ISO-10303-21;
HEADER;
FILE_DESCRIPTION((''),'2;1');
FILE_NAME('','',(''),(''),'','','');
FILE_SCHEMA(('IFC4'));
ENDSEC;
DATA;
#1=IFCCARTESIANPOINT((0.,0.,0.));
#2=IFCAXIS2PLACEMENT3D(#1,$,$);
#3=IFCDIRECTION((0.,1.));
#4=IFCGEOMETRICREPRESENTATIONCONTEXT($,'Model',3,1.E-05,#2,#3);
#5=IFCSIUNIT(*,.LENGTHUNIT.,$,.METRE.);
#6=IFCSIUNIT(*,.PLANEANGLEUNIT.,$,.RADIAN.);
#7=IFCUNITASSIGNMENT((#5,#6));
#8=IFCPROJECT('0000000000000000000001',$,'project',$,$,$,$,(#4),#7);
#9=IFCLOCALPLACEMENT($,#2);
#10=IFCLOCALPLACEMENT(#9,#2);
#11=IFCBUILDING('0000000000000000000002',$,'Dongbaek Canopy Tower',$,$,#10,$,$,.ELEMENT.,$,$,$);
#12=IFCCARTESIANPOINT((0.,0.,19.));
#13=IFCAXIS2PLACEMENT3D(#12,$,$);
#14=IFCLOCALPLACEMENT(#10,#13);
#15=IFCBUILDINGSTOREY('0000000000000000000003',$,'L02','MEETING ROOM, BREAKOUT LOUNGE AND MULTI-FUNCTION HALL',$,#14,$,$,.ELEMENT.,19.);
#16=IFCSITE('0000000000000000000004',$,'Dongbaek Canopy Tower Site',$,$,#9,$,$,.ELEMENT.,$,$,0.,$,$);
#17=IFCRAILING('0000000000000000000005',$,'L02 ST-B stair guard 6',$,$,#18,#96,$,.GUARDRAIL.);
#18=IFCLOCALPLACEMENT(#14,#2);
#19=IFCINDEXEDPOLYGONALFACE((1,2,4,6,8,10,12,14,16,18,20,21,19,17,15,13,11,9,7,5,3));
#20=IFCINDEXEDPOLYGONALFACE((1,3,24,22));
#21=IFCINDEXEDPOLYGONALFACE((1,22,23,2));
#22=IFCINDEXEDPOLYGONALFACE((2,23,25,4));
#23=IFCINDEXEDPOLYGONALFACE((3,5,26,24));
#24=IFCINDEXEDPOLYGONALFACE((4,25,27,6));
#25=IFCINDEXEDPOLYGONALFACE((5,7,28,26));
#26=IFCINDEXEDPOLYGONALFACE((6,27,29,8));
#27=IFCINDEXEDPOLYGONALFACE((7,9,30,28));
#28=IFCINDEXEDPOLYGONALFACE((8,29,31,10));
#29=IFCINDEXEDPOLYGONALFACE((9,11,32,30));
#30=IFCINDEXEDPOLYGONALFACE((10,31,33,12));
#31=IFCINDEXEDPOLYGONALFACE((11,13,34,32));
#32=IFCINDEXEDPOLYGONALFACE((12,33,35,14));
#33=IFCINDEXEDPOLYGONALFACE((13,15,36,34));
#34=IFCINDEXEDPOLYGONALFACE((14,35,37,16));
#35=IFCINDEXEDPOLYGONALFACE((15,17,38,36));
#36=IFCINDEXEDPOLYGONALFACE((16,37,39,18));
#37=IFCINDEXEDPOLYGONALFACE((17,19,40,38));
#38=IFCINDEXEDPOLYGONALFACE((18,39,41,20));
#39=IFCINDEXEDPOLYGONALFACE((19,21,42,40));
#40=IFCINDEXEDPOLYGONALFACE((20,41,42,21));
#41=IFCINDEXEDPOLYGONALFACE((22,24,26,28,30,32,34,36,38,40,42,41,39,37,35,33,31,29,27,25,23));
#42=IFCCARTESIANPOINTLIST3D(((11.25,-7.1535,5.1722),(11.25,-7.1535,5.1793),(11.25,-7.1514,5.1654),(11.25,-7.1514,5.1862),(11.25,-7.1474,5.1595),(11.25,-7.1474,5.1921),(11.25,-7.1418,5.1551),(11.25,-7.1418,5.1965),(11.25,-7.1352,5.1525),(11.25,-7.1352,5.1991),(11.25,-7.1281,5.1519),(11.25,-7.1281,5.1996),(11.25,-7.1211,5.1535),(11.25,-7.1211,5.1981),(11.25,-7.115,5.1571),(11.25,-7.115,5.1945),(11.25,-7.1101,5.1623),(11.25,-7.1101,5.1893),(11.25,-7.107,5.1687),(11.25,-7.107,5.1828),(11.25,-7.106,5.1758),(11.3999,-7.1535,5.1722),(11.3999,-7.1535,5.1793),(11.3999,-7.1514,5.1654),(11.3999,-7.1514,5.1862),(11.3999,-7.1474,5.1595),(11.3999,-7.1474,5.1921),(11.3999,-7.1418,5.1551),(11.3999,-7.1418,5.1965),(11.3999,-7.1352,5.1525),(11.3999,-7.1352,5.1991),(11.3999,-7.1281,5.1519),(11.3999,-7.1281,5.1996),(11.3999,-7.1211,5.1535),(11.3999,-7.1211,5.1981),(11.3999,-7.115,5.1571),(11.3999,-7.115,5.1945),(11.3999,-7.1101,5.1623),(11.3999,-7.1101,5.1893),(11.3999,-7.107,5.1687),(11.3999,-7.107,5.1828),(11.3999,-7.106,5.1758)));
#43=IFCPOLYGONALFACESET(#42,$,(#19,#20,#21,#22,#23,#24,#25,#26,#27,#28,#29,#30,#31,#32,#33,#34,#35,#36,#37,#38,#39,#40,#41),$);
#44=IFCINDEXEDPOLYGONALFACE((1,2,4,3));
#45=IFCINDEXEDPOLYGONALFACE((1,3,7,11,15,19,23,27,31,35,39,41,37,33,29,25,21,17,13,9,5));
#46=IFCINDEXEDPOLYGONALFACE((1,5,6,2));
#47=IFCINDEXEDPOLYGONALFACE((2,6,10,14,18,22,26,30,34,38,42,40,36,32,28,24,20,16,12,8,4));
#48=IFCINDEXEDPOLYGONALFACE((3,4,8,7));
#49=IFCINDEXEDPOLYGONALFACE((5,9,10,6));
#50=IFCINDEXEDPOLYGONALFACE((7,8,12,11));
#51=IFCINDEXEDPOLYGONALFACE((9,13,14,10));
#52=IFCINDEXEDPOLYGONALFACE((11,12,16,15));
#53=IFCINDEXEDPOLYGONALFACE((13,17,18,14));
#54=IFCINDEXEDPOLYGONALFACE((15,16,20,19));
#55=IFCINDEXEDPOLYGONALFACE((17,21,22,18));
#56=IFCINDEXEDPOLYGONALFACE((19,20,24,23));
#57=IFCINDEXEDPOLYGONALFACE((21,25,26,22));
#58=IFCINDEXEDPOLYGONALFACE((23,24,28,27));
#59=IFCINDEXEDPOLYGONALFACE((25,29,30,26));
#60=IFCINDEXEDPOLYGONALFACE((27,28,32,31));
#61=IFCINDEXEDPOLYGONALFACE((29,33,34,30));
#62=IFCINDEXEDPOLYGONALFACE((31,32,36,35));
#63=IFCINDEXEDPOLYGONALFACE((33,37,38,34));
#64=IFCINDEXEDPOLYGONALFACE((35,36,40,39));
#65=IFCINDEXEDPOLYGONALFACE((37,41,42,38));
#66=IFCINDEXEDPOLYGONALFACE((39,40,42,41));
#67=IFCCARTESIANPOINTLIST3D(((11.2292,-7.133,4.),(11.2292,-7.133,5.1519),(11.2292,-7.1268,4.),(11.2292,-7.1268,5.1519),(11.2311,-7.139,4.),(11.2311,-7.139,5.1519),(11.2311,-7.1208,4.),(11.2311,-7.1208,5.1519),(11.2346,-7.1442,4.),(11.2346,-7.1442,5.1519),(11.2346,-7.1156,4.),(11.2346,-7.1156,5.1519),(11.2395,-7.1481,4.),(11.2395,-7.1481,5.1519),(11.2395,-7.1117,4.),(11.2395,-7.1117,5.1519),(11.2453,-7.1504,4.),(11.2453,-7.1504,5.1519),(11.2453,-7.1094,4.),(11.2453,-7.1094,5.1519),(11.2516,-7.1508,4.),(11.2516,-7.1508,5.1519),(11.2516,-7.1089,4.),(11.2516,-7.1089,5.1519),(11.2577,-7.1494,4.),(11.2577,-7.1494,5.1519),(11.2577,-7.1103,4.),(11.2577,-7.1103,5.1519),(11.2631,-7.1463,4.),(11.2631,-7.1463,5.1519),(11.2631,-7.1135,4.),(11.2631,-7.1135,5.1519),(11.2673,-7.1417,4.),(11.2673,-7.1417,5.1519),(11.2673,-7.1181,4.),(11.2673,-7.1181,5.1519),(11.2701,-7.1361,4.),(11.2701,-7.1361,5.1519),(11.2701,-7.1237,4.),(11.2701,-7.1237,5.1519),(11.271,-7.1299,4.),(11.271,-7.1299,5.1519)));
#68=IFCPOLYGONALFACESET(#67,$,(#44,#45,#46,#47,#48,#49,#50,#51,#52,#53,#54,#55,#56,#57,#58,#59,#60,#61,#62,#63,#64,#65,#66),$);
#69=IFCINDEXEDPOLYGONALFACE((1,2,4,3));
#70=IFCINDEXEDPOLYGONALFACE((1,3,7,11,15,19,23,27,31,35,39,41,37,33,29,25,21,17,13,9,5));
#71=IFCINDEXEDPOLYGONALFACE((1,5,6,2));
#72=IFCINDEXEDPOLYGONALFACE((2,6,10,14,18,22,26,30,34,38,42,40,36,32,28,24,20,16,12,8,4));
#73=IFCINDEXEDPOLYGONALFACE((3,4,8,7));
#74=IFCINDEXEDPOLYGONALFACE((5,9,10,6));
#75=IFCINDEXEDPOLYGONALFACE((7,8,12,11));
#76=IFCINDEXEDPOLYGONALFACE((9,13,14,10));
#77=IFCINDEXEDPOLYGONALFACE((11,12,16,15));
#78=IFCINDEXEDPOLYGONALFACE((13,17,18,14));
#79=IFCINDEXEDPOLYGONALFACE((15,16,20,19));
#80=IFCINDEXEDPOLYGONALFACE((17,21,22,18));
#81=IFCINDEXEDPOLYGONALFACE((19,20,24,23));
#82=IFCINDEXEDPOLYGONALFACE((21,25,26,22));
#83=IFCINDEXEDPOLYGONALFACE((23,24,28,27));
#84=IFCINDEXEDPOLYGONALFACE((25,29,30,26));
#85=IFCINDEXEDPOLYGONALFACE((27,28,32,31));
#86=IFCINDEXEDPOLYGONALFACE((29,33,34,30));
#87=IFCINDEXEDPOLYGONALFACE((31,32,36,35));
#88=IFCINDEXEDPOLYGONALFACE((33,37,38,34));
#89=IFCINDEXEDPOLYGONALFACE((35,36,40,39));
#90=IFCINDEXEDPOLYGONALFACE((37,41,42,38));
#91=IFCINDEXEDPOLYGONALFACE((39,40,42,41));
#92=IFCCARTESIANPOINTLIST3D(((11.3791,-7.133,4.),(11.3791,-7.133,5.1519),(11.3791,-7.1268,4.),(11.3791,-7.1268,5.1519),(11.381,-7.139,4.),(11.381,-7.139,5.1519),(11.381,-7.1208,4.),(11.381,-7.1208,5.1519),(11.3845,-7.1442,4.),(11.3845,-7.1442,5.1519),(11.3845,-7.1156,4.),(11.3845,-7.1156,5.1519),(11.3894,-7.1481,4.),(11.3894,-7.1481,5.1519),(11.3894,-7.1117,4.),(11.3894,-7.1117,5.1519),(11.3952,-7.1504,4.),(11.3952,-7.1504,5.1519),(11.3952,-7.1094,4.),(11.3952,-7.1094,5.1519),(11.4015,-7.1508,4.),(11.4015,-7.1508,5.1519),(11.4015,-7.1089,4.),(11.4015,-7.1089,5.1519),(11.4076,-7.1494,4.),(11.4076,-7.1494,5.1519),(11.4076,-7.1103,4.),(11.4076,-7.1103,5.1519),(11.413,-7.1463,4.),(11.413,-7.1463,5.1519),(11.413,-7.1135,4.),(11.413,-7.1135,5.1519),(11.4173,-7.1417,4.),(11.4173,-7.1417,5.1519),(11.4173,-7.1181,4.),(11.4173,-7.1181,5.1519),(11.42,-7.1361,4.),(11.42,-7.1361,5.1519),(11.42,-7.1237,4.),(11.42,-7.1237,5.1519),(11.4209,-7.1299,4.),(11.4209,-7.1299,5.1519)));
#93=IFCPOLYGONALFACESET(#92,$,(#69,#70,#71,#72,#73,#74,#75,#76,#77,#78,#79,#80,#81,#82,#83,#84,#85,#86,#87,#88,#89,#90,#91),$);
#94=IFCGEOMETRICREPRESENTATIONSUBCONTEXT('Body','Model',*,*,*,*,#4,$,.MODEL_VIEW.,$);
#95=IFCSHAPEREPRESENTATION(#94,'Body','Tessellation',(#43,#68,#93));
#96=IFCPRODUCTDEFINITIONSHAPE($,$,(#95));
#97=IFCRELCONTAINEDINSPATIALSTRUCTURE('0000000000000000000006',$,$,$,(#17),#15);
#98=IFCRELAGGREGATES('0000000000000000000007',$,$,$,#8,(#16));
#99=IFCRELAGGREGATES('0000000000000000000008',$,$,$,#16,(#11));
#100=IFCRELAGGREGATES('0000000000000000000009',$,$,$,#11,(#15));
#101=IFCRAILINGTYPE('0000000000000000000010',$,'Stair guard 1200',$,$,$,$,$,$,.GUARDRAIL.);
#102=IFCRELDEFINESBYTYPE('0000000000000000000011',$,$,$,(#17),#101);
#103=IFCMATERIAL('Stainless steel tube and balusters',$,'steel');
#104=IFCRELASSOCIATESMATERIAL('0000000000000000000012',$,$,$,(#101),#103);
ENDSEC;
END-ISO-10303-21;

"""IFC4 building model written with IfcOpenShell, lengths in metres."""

from ifc_helpers import new_model, si_unit, direction, frame, origin, origin_2d, place, context, subcontext, project, spatial, circle, extrude, material, type_object, element, save


model = new_model("IFC4")

# Units and contexts
model_context = context("Model", 3, precision=1e-05, world=origin(), true_north=direction((0.0, 1.0)))
body_context = subcontext(model_context, "Body", "Model", "MODEL_VIEW")
ifc_project = project(units=[si_unit("LENGTHUNIT", "METRE"), si_unit("PLANEANGLEUNIT", "RADIAN")], contexts=[model_context])

# Site, building, storey
site_placement = place(None, origin())
site = spatial("IfcSite", under=ifc_project, at=site_placement, Name="Dongbaek Canopy Tower Site", CompositionType="ELEMENT", RefElevation=0.0)
building_placement = place(site_placement, origin())
building = spatial("IfcBuilding", under=site, at=building_placement, Name="Dongbaek Canopy Tower", CompositionType="ELEMENT")
storey_placement = place(building_placement, frame((0.0, 0.0, 19.0)))
storey = spatial("IfcBuildingStorey", under=building, at=storey_placement, Name="L02", Description="MEETING ROOM, BREAKOUT LOUNGE AND MULTI-FUNCTION HALL", CompositionType="ELEMENT", Elevation=19.0)

# Railing
ifc_material_1 = material(Name="Stainless steel tube and balusters", Category="steel")
railing_type_1 = type_object("IfcRailingType", Name="Stair guard 1200", PredefinedType="GUARDRAIL", material=ifc_material_1)
railing_1_placement = place(storey_placement, frame((11.25, -7.1299, 4.0)))
element("IfcRailing", 1, at=railing_1_placement, inside=storey, type_object=railing_type_1, Name="L02 ST-B stair guard 6", PredefinedType="GUARDRAIL", context=body_context, shape_type="SweptSolid", body=[
    extrude(circle(Radius=0.0239, at=origin_2d()), frame((0.0, 0.0, 1.1758), z_axis=(1.0, 0.0, 0.0), x_axis=(0.0, 1.0, 0.0)), (0.0, 0.0, 1.0), 0.1499),
    extrude(circle(Radius=0.021, at=origin_2d()), origin(), (0.0, 0.0, 1.0), 1.1519),
    extrude(circle(Radius=0.021, at=origin_2d()), frame((0.1499, 0.0, 0.0)), (0.0, 0.0, 1.0), 1.1519),
])

save(model, "model.ifc")
